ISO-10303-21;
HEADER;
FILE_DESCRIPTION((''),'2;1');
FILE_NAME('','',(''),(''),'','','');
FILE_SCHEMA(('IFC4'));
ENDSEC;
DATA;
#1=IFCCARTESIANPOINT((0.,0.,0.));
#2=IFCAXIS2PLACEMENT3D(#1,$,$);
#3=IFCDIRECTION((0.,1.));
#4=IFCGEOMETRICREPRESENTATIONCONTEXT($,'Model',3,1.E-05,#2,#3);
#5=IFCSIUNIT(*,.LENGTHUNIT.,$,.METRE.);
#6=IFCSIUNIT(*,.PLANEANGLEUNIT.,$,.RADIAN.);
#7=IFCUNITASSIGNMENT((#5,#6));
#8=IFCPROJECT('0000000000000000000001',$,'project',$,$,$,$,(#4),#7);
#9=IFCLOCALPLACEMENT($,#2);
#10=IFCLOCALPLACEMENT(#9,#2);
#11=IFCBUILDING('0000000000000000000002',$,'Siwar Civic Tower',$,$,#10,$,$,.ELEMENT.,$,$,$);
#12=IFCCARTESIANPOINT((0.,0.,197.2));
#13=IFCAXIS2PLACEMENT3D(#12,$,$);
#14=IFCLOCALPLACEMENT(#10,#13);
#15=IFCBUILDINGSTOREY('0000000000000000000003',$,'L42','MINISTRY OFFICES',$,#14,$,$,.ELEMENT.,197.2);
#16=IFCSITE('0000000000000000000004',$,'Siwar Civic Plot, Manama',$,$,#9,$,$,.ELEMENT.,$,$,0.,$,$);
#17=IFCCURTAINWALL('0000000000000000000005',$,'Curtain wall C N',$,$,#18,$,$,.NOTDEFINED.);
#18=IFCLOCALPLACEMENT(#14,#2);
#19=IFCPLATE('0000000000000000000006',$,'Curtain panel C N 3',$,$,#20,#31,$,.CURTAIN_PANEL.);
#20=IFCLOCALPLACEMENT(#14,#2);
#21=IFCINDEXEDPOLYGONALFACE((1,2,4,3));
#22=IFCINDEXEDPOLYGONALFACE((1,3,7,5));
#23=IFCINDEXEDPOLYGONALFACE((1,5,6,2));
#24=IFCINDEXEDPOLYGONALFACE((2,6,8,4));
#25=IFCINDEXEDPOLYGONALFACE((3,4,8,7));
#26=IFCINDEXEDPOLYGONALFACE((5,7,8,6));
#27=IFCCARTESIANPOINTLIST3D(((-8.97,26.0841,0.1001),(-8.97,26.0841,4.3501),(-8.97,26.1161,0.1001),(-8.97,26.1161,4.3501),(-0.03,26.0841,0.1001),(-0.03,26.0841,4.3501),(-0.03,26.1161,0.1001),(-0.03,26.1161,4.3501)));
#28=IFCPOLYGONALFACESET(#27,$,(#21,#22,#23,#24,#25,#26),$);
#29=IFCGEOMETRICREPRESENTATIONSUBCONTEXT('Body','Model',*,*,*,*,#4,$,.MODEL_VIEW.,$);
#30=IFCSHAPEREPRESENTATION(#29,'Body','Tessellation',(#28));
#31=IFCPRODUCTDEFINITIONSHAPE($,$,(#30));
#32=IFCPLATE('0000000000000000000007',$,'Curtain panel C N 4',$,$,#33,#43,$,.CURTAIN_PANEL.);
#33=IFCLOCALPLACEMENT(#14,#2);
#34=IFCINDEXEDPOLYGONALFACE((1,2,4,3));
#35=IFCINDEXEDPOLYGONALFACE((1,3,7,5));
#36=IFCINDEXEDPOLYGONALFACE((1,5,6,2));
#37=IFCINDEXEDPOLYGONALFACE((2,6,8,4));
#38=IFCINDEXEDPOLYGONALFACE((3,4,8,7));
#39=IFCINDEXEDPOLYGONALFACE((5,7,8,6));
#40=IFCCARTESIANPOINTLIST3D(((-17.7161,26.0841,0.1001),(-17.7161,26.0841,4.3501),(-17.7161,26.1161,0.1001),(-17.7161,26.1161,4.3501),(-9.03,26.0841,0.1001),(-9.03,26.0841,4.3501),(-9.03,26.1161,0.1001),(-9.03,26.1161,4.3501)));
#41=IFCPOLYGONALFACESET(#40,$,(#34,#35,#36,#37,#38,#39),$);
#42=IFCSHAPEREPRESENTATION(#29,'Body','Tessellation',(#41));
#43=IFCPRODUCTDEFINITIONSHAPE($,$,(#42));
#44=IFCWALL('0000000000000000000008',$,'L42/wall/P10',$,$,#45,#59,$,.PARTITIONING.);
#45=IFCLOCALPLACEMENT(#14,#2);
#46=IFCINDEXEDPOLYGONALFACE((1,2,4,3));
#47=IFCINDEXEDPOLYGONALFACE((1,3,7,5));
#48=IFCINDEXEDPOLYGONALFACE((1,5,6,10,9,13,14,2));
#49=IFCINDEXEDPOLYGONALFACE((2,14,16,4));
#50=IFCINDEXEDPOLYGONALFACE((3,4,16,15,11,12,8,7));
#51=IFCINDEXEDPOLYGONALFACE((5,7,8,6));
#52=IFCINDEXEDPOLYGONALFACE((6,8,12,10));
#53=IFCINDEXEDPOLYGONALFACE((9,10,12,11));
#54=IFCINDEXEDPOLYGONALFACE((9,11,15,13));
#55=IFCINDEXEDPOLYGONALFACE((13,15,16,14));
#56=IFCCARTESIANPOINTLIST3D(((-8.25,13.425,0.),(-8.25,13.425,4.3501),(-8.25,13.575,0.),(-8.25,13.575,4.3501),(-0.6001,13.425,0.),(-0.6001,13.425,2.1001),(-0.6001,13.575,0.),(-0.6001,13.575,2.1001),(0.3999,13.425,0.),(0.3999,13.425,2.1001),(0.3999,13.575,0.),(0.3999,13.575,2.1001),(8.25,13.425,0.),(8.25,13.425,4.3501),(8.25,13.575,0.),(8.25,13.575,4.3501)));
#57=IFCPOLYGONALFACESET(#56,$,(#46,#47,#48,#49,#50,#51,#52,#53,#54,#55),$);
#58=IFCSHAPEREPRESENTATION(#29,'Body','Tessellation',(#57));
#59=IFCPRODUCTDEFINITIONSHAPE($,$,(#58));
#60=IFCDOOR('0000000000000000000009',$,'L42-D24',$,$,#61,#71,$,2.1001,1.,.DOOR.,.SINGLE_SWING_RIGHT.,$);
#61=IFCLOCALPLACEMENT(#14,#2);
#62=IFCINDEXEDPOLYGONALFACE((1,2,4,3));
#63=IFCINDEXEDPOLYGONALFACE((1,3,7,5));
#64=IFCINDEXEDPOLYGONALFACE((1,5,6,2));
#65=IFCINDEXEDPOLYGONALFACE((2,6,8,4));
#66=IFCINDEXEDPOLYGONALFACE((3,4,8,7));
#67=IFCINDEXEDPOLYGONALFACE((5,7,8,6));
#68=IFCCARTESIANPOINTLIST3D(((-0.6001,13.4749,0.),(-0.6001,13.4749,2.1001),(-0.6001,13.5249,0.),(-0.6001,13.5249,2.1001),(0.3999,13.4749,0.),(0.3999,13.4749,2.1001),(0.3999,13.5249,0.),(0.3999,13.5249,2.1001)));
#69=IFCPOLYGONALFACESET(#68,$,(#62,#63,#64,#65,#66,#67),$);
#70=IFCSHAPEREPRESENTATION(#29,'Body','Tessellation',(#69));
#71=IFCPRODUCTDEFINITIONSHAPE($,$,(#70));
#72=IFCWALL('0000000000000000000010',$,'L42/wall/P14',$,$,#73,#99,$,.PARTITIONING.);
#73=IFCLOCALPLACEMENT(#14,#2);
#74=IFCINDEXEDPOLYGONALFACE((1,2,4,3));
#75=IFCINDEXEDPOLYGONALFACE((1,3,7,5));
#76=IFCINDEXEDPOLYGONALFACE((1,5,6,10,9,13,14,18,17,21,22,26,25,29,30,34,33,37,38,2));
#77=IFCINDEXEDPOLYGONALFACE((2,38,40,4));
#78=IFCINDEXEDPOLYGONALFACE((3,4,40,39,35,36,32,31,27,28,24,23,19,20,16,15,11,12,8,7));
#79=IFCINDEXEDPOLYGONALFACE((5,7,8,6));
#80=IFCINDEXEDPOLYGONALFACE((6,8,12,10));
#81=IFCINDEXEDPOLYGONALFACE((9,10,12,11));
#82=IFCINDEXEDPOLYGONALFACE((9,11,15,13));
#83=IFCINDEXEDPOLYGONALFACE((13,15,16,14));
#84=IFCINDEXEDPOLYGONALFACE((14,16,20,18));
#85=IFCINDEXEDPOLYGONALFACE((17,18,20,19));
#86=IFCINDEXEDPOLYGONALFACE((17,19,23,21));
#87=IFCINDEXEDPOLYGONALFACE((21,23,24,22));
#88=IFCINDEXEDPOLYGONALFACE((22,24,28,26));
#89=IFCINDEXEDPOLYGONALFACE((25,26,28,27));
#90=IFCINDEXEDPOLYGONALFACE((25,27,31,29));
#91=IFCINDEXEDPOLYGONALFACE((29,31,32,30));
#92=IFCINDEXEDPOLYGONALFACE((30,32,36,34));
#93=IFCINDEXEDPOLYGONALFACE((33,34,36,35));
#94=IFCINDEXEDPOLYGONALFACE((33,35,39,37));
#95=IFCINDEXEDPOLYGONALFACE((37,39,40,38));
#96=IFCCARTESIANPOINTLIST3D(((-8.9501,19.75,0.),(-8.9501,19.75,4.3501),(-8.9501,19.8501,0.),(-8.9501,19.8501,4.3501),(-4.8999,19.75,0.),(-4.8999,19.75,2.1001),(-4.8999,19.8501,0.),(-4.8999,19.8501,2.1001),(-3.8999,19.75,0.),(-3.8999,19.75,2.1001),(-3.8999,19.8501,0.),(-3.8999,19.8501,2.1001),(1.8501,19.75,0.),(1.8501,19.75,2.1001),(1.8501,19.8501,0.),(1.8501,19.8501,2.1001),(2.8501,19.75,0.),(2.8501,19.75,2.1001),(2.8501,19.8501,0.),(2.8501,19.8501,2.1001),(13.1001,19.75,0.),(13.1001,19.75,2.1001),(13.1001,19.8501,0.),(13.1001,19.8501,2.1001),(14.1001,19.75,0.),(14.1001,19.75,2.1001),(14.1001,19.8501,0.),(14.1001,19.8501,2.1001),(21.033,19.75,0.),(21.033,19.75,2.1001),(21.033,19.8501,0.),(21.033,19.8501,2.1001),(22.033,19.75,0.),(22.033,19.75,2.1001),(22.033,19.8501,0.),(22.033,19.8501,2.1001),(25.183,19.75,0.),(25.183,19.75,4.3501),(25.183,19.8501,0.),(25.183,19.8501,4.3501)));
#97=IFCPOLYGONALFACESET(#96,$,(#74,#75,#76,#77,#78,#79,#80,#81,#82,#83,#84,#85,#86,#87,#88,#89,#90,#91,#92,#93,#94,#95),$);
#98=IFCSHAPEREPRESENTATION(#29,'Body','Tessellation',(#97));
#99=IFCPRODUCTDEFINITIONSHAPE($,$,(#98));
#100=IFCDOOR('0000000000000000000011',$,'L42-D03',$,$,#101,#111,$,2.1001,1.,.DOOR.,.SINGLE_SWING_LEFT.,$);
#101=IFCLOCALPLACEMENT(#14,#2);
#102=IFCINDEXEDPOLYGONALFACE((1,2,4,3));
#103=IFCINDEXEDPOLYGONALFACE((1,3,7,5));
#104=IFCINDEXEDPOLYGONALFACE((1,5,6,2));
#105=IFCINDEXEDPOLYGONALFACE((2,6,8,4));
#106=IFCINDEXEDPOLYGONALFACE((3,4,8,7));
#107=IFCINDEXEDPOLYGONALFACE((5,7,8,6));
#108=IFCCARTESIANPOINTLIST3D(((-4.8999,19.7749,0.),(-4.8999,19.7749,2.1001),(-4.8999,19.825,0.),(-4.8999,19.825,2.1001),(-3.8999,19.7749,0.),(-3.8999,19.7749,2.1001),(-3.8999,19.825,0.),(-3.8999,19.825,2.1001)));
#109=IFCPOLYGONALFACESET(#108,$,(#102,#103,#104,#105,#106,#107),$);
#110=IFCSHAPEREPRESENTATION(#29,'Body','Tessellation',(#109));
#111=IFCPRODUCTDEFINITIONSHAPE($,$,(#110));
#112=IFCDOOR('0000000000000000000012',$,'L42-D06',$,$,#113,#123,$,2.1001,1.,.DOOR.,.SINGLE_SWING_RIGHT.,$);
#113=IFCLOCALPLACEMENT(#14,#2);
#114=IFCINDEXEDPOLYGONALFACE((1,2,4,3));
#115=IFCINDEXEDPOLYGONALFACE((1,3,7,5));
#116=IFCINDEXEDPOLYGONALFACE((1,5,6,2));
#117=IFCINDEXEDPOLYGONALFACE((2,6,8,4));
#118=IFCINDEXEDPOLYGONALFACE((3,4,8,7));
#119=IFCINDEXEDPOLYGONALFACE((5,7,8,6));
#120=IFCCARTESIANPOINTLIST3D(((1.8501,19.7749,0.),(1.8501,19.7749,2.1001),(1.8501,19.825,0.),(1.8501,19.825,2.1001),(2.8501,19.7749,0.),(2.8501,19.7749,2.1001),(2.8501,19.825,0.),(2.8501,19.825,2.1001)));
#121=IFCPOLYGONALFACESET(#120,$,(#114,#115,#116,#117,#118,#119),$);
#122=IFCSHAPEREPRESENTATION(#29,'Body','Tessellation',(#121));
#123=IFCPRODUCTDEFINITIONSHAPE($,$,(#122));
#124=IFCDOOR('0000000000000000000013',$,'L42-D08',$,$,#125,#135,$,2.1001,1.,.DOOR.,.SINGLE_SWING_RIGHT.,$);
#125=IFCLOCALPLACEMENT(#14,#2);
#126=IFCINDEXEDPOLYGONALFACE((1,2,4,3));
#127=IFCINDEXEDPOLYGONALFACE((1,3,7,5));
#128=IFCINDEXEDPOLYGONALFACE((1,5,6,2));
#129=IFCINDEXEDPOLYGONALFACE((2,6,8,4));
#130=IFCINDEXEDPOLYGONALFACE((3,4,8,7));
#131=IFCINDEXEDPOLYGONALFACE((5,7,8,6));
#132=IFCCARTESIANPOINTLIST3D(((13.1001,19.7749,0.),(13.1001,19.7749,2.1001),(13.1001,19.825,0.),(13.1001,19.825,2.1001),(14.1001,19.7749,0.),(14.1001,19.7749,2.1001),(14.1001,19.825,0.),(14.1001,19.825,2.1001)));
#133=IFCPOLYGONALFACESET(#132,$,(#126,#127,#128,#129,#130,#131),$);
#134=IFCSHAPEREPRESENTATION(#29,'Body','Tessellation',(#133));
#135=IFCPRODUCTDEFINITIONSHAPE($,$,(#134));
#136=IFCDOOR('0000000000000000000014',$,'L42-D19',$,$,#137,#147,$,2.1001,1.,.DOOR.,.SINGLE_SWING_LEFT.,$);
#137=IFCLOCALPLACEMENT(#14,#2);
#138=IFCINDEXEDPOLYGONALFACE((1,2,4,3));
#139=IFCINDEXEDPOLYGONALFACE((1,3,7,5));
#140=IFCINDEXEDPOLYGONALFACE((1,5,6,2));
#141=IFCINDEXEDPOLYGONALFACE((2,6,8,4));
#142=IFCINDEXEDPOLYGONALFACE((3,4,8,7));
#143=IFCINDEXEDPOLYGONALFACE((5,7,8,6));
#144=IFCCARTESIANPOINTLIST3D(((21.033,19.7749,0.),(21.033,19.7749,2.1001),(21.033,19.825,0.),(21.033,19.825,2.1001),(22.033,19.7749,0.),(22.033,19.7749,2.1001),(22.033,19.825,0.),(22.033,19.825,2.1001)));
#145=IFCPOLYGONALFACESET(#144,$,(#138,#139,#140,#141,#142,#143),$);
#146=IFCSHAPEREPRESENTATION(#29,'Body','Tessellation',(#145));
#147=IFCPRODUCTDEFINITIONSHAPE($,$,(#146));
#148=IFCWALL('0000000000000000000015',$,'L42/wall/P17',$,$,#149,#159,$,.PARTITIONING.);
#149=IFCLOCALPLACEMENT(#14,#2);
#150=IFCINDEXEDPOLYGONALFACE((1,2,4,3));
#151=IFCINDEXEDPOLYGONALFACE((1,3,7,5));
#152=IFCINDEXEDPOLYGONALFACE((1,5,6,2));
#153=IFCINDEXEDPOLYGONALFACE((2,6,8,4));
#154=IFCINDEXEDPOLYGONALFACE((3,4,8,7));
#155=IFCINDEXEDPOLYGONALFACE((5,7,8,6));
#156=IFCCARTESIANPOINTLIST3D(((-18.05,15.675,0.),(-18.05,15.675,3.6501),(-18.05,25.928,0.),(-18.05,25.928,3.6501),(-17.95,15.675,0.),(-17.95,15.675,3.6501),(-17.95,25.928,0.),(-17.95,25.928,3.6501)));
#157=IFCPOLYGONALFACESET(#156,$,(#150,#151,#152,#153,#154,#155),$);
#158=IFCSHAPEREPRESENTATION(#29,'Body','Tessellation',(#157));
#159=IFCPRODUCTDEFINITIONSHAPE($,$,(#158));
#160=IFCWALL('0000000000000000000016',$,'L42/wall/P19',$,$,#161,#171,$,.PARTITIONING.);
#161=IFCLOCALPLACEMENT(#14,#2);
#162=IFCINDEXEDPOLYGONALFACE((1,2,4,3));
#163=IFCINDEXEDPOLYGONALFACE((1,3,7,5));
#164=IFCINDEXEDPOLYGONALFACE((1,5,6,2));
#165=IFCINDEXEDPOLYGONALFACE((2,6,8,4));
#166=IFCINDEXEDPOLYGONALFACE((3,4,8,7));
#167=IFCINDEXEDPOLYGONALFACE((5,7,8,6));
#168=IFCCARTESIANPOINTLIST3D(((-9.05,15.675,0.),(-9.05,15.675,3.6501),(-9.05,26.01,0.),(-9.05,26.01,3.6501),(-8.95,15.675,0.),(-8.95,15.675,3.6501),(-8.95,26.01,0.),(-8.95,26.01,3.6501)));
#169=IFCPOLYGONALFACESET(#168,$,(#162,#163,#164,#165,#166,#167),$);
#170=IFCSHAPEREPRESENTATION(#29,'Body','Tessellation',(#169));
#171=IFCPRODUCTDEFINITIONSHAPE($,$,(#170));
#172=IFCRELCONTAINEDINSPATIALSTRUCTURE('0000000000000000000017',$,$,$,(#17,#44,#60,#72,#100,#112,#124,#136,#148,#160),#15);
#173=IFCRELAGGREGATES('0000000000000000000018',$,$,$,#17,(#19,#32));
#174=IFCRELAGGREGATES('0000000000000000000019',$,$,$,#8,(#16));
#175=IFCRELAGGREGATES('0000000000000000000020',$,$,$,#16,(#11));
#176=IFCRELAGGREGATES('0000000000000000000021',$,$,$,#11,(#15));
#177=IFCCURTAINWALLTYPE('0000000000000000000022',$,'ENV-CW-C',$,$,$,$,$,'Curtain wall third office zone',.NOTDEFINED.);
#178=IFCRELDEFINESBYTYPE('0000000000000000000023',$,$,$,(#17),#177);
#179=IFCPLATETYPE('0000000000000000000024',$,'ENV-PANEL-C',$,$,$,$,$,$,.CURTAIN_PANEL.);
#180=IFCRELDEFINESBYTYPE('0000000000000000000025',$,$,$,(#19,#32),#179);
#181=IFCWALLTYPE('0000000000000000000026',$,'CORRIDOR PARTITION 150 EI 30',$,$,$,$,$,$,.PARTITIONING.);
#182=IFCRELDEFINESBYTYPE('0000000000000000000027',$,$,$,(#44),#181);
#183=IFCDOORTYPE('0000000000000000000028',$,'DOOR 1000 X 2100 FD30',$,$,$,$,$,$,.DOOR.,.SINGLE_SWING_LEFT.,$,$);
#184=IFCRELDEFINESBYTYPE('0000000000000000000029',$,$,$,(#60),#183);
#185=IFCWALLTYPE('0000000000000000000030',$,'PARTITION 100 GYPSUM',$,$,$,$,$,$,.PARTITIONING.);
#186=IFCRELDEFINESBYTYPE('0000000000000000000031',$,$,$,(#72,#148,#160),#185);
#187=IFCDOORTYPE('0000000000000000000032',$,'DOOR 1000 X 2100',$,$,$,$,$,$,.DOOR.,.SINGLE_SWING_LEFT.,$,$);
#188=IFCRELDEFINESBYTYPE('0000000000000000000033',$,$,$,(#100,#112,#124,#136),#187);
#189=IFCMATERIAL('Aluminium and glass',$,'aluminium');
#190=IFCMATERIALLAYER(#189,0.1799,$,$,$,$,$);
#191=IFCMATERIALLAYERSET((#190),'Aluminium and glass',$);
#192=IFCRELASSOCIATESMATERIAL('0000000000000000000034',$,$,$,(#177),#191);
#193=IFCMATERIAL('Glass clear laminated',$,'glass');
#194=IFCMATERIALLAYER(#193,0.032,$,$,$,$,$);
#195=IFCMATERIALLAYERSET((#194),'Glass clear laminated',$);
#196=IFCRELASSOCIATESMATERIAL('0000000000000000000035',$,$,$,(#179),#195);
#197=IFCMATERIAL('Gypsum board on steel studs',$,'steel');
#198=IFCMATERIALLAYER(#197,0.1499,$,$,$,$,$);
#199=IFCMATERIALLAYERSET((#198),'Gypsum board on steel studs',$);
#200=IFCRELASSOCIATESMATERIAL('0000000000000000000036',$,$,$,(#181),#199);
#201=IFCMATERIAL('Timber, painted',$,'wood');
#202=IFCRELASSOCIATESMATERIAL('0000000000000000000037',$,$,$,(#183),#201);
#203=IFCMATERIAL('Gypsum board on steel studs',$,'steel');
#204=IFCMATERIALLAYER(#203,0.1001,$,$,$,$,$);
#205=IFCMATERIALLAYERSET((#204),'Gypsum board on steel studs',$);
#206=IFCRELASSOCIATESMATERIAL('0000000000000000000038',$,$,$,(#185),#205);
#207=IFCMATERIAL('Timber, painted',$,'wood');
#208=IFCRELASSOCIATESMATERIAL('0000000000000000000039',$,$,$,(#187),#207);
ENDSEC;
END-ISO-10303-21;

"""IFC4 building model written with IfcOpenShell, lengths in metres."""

from ifc_helpers import new_model, si_unit, direction, frame, frame_2d, origin, origin_2d, place, context, subcontext, project, spatial, rectangle, extrude, material, layer, layer_set, type_object, element, fill, aggregate, save


model = new_model("IFC4")

# Units and contexts
model_context = context("Model", 3, precision=1e-05, world=origin(), true_north=direction((0.0, 1.0)))
body_context = subcontext(model_context, "Body", "Model", "MODEL_VIEW")
ifc_project = project(units=[si_unit("LENGTHUNIT", "METRE"), si_unit("PLANEANGLEUNIT", "RADIAN")], contexts=[model_context])

# Site, building, storey
site_placement = place(None, origin())
site = spatial("IfcSite", under=ifc_project, at=site_placement, Name="Siwar Civic Plot, Manama", CompositionType="ELEMENT", RefElevation=0.0)
building_placement = place(site_placement, origin())
building = spatial("IfcBuilding", under=site, at=building_placement, Name="Siwar Civic Tower", CompositionType="ELEMENT")
storey_placement = place(building_placement, frame((0.0, 0.0, 197.2)))
storey = spatial("IfcBuildingStorey", under=building, at=storey_placement, Name="L42", Description="MINISTRY OFFICES", CompositionType="ELEMENT", Elevation=197.2)

# Curtain wall
ifc_material_1 = material(Name="Aluminium and glass", Category="aluminium")
ifc_layer_1 = layer(ifc_material_1, 0.1799)
ifc_layer_set_1 = layer_set([ifc_layer_1], Name="Aluminium and glass")
curtain_wall_type_1 = type_object("IfcCurtainWallType", Name="ENV-CW-C", ElementType="Curtain wall third office zone", PredefinedType="NOTDEFINED", material=ifc_layer_set_1)
curtain_wall_1_placement = place(storey_placement, origin())
curtain_wall_1 = element("IfcCurtainWall", 1, at=curtain_wall_1_placement, inside=storey, type_object=curtain_wall_type_1, Name="Curtain wall C N", PredefinedType="NOTDEFINED")

# Plates
ifc_material_2 = material(Name="Glass clear laminated", Category="glass")
ifc_layer_2 = layer(ifc_material_2, 0.032)
ifc_layer_set_2 = layer_set([ifc_layer_2], Name="Glass clear laminated")
plate_type = type_object("IfcPlateType", Name="ENV-PANEL-C", PredefinedType="CURTAIN_PANEL", material=ifc_layer_set_2)
plate_1_placement = place(storey_placement, frame((-4.5, 26.1001, 0.1001), z_axis=(0.0, 0.0, 1.0), x_axis=(-1.0, 0.0, 0.0)))
plate_1 = element("IfcPlate", 2, at=plate_1_placement, type_object=plate_type, Name="Curtain panel C N 3", PredefinedType="CURTAIN_PANEL", context=body_context, shape_type="SweptSolid", body=[
    extrude(rectangle(XDim=8.9399, YDim=0.032, at=origin_2d()), origin(), (0.0, 0.0, 1.0), 4.25),
])
plate_2_placement = place(storey_placement, frame((-13.373, 26.1001, 0.1001), z_axis=(0.0, 0.0, 1.0), x_axis=(-1.0, 0.0, 0.0)))
plate_2 = element("IfcPlate", 3, at=plate_2_placement, type_object=plate_type, Name="Curtain panel C N 4", PredefinedType="CURTAIN_PANEL", context=body_context, shape_type="SweptSolid", body=[
    extrude(rectangle(XDim=8.686, YDim=0.032, at=origin_2d()), origin(), (0.0, 0.0, 1.0), 4.25),
])
aggregate(curtain_wall_1, [plate_1, plate_2])

# Wall, opening, door
ifc_material_3 = material(Name="Gypsum board on steel studs", Category="steel")
ifc_layer_3 = layer(ifc_material_3, 0.1499)
ifc_layer_set_3 = layer_set([ifc_layer_3], Name="Gypsum board on steel studs")
wall_type_1 = type_object("IfcWallType", Name="CORRIDOR PARTITION 150 EI 30", PredefinedType="PARTITIONING", material=ifc_layer_set_3)
wall_1_placement = place(storey_placement, frame((-8.25, 13.5, 0.0), z_axis=(0.0, 0.0, 1.0), x_axis=(1.0, 0.0, 0.0)))
wall_1 = element("IfcWall", 4, at=wall_1_placement, inside=storey, type_object=wall_type_1, Name="L42/wall/P10", PredefinedType="PARTITIONING", context=body_context, shape_type="SweptSolid", body=[
    extrude(rectangle(XDim=16.5, YDim=0.1499, at=frame_2d((8.25, 0.0))), origin(), (0.0, 0.0, 1.0), 4.3501),
])
opening_1_placement = place(wall_1_placement, frame((7.6499, 0.0, 0.0)))
opening_1 = element("IfcOpeningElement", 5, at=opening_1_placement, cuts=wall_1, PredefinedType="OPENING", context=body_context, shape_type="SweptSolid", body=[
    extrude(rectangle(XDim=1.0, YDim=2.1001, at=frame_2d((0.5, 1.05))), frame((0.0, 0.085, 0.0), z_axis=(0.0, -1.0, 0.0), x_axis=(1.0, 0.0, 0.0)), (0.0, 0.0, 1.0), 0.1699),
])
ifc_material_4 = material(Name="Timber, painted", Category="wood")
door_type_1 = type_object("IfcDoorType", Name="DOOR 1000 X 2100 FD30", OperationType="SINGLE_SWING_LEFT", PredefinedType="DOOR", material=ifc_material_4)
door_1_placement = place(opening_1_placement, origin())
door_1 = element("IfcDoor", 6, at=door_1_placement, inside=storey, type_object=door_type_1, Name="L42-D24", OperationType="SINGLE_SWING_RIGHT", OverallHeight=2.1001, OverallWidth=1.0, PredefinedType="DOOR", context=body_context, shape_type="SweptSolid", body=[
    extrude(rectangle(XDim=1.0, YDim=2.1001, at=frame_2d((0.5, 1.05))), frame((0.0, 0.0249, 0.0), z_axis=(0.0, -1.0, 0.0), x_axis=(1.0, 0.0, 0.0)), (0.0, 0.0, 1.0), 0.05),
])
fill(opening_1, door_1)

# Wall, openings, doors
ifc_material_5 = material(Name="Gypsum board on steel studs", Category="steel")
ifc_layer_4 = layer(ifc_material_5, 0.1001)
ifc_layer_set_4 = layer_set([ifc_layer_4], Name="Gypsum board on steel studs")
wall_type_2 = type_object("IfcWallType", Name="PARTITION 100 GYPSUM", PredefinedType="PARTITIONING", material=ifc_layer_set_4)
wall_2_placement = place(storey_placement, frame((-8.95, 19.8, 0.0), z_axis=(0.0, 0.0, 1.0), x_axis=(1.0, 0.0, 0.0)))
wall_2 = element("IfcWall", 7, at=wall_2_placement, inside=storey, type_object=wall_type_2, Name="L42/wall/P14", PredefinedType="PARTITIONING", context=body_context, shape_type="SweptSolid", body=[
    extrude(rectangle(XDim=34.1331, YDim=0.1001, at=frame_2d((17.0664, 0.0))), origin(), (0.0, 0.0, 1.0), 4.3501),
])
opening_2_placement = place(wall_2_placement, frame((4.05, 0.0, 0.0)))
opening_2 = element("IfcOpeningElement", 8, at=opening_2_placement, cuts=wall_2, PredefinedType="OPENING", context=body_context, shape_type="SweptSolid", body=[
    extrude(rectangle(XDim=1.0, YDim=2.1001, at=frame_2d((0.5, 1.05))), frame((0.0, 0.0601, 0.0), z_axis=(0.0, -1.0, 0.0), x_axis=(1.0, 0.0, 0.0)), (0.0, 0.0, 1.0), 0.1201),
])
opening_3_placement = place(wall_2_placement, frame((10.8, 0.0, 0.0)))
opening_3 = element("IfcOpeningElement", 9, at=opening_3_placement, cuts=wall_2, PredefinedType="OPENING", context=body_context, shape_type="SweptSolid", body=[
    extrude(rectangle(XDim=1.0, YDim=2.1001, at=frame_2d((0.5, 1.05))), frame((0.0, 0.0601, 0.0), z_axis=(0.0, -1.0, 0.0), x_axis=(1.0, 0.0, 0.0)), (0.0, 0.0, 1.0), 0.1201),
])
opening_4_placement = place(wall_2_placement, frame((22.05, 0.0, 0.0)))
opening_4 = element("IfcOpeningElement", 10, at=opening_4_placement, cuts=wall_2, PredefinedType="OPENING", context=body_context, shape_type="SweptSolid", body=[
    extrude(rectangle(XDim=1.0, YDim=2.1001, at=frame_2d((0.5, 1.05))), frame((0.0, 0.0601, 0.0), z_axis=(0.0, -1.0, 0.0), x_axis=(1.0, 0.0, 0.0)), (0.0, 0.0, 1.0), 0.1201),
])
opening_5_placement = place(wall_2_placement, frame((29.9829, 0.0, 0.0)))
opening_5 = element("IfcOpeningElement", 11, at=opening_5_placement, cuts=wall_2, PredefinedType="OPENING", context=body_context, shape_type="SweptSolid", body=[
    extrude(rectangle(XDim=1.0, YDim=2.1001, at=frame_2d((0.5, 1.05))), frame((0.0, 0.0601, 0.0), z_axis=(0.0, -1.0, 0.0), x_axis=(1.0, 0.0, 0.0)), (0.0, 0.0, 1.0), 0.1201),
])
ifc_material_6 = material(Name="Timber, painted", Category="wood")
door_type_2 = type_object("IfcDoorType", Name="DOOR 1000 X 2100", OperationType="SINGLE_SWING_LEFT", PredefinedType="DOOR", material=ifc_material_6)
door_2_placement = place(opening_2_placement, origin())
door_2 = element("IfcDoor", 12, at=door_2_placement, inside=storey, type_object=door_type_2, Name="L42-D03", OperationType="SINGLE_SWING_LEFT", OverallHeight=2.1001, OverallWidth=1.0, PredefinedType="DOOR", context=body_context, shape_type="SweptSolid", body=[
    extrude(rectangle(XDim=1.0, YDim=2.1001, at=frame_2d((0.5, 1.05))), frame((0.0, 0.0249, 0.0), z_axis=(0.0, -1.0, 0.0), x_axis=(1.0, 0.0, 0.0)), (0.0, 0.0, 1.0), 0.05),
])
fill(opening_2, door_2)
door_3_placement = place(opening_3_placement, origin())
door_3 = element("IfcDoor", 13, at=door_3_placement, inside=storey, type_object=door_type_2, Name="L42-D06", OperationType="SINGLE_SWING_RIGHT", OverallHeight=2.1001, OverallWidth=1.0, PredefinedType="DOOR", context=body_context, shape_type="SweptSolid", body=[
    extrude(rectangle(XDim=1.0, YDim=2.1001, at=frame_2d((0.5, 1.05))), frame((0.0, 0.0249, 0.0), z_axis=(0.0, -1.0, 0.0), x_axis=(1.0, 0.0, 0.0)), (0.0, 0.0, 1.0), 0.05),
])
fill(opening_3, door_3)
door_4_placement = place(opening_4_placement, origin())
door_4 = element("IfcDoor", 14, at=door_4_placement, inside=storey, type_object=door_type_2, Name="L42-D08", OperationType="SINGLE_SWING_RIGHT", OverallHeight=2.1001, OverallWidth=1.0, PredefinedType="DOOR", context=body_context, shape_type="SweptSolid", body=[
    extrude(rectangle(XDim=1.0, YDim=2.1001, at=frame_2d((0.5, 1.05))), frame((0.0, 0.0249, 0.0), z_axis=(0.0, -1.0, 0.0), x_axis=(1.0, 0.0, 0.0)), (0.0, 0.0, 1.0), 0.05),
])
fill(opening_4, door_4)
door_5_placement = place(opening_5_placement, origin())
door_5 = element("IfcDoor", 15, at=door_5_placement, inside=storey, type_object=door_type_2, Name="L42-D19", OperationType="SINGLE_SWING_LEFT", OverallHeight=2.1001, OverallWidth=1.0, PredefinedType="DOOR", context=body_context, shape_type="SweptSolid", body=[
    extrude(rectangle(XDim=1.0, YDim=2.1001, at=frame_2d((0.5, 1.05))), frame((0.0, 0.0249, 0.0), z_axis=(0.0, -1.0, 0.0), x_axis=(1.0, 0.0, 0.0)), (0.0, 0.0, 1.0), 0.05),
])
fill(opening_5, door_5)

# Walls
wall_3_placement = place(storey_placement, frame((-18.0, 15.675, 0.0), z_axis=(0.0, 0.0, 1.0), x_axis=(0.0, 1.0, 0.0)))
element("IfcWall", 16, at=wall_3_placement, inside=storey, type_object=wall_type_2, Name="L42/wall/P17", PredefinedType="PARTITIONING", context=body_context, shape_type="SweptSolid", body=[
    extrude(rectangle(XDim=10.2529, YDim=0.1001, at=frame_2d((5.1265, 0.0))), origin(), (0.0, 0.0, 1.0), 3.6501),
])
wall_4_placement = place(storey_placement, frame((-9.0, 15.675, 0.0), z_axis=(0.0, 0.0, 1.0), x_axis=(0.0, 1.0, 0.0)))
element("IfcWall", 17, at=wall_4_placement, inside=storey, type_object=wall_type_2, Name="L42/wall/P19", PredefinedType="PARTITIONING", context=body_context, shape_type="SweptSolid", body=[
    extrude(rectangle(XDim=10.335, YDim=0.1001, at=frame_2d((5.1675, 0.0))), origin(), (0.0, 0.0, 1.0), 3.6501),
])

save(model, "model.ifc")
